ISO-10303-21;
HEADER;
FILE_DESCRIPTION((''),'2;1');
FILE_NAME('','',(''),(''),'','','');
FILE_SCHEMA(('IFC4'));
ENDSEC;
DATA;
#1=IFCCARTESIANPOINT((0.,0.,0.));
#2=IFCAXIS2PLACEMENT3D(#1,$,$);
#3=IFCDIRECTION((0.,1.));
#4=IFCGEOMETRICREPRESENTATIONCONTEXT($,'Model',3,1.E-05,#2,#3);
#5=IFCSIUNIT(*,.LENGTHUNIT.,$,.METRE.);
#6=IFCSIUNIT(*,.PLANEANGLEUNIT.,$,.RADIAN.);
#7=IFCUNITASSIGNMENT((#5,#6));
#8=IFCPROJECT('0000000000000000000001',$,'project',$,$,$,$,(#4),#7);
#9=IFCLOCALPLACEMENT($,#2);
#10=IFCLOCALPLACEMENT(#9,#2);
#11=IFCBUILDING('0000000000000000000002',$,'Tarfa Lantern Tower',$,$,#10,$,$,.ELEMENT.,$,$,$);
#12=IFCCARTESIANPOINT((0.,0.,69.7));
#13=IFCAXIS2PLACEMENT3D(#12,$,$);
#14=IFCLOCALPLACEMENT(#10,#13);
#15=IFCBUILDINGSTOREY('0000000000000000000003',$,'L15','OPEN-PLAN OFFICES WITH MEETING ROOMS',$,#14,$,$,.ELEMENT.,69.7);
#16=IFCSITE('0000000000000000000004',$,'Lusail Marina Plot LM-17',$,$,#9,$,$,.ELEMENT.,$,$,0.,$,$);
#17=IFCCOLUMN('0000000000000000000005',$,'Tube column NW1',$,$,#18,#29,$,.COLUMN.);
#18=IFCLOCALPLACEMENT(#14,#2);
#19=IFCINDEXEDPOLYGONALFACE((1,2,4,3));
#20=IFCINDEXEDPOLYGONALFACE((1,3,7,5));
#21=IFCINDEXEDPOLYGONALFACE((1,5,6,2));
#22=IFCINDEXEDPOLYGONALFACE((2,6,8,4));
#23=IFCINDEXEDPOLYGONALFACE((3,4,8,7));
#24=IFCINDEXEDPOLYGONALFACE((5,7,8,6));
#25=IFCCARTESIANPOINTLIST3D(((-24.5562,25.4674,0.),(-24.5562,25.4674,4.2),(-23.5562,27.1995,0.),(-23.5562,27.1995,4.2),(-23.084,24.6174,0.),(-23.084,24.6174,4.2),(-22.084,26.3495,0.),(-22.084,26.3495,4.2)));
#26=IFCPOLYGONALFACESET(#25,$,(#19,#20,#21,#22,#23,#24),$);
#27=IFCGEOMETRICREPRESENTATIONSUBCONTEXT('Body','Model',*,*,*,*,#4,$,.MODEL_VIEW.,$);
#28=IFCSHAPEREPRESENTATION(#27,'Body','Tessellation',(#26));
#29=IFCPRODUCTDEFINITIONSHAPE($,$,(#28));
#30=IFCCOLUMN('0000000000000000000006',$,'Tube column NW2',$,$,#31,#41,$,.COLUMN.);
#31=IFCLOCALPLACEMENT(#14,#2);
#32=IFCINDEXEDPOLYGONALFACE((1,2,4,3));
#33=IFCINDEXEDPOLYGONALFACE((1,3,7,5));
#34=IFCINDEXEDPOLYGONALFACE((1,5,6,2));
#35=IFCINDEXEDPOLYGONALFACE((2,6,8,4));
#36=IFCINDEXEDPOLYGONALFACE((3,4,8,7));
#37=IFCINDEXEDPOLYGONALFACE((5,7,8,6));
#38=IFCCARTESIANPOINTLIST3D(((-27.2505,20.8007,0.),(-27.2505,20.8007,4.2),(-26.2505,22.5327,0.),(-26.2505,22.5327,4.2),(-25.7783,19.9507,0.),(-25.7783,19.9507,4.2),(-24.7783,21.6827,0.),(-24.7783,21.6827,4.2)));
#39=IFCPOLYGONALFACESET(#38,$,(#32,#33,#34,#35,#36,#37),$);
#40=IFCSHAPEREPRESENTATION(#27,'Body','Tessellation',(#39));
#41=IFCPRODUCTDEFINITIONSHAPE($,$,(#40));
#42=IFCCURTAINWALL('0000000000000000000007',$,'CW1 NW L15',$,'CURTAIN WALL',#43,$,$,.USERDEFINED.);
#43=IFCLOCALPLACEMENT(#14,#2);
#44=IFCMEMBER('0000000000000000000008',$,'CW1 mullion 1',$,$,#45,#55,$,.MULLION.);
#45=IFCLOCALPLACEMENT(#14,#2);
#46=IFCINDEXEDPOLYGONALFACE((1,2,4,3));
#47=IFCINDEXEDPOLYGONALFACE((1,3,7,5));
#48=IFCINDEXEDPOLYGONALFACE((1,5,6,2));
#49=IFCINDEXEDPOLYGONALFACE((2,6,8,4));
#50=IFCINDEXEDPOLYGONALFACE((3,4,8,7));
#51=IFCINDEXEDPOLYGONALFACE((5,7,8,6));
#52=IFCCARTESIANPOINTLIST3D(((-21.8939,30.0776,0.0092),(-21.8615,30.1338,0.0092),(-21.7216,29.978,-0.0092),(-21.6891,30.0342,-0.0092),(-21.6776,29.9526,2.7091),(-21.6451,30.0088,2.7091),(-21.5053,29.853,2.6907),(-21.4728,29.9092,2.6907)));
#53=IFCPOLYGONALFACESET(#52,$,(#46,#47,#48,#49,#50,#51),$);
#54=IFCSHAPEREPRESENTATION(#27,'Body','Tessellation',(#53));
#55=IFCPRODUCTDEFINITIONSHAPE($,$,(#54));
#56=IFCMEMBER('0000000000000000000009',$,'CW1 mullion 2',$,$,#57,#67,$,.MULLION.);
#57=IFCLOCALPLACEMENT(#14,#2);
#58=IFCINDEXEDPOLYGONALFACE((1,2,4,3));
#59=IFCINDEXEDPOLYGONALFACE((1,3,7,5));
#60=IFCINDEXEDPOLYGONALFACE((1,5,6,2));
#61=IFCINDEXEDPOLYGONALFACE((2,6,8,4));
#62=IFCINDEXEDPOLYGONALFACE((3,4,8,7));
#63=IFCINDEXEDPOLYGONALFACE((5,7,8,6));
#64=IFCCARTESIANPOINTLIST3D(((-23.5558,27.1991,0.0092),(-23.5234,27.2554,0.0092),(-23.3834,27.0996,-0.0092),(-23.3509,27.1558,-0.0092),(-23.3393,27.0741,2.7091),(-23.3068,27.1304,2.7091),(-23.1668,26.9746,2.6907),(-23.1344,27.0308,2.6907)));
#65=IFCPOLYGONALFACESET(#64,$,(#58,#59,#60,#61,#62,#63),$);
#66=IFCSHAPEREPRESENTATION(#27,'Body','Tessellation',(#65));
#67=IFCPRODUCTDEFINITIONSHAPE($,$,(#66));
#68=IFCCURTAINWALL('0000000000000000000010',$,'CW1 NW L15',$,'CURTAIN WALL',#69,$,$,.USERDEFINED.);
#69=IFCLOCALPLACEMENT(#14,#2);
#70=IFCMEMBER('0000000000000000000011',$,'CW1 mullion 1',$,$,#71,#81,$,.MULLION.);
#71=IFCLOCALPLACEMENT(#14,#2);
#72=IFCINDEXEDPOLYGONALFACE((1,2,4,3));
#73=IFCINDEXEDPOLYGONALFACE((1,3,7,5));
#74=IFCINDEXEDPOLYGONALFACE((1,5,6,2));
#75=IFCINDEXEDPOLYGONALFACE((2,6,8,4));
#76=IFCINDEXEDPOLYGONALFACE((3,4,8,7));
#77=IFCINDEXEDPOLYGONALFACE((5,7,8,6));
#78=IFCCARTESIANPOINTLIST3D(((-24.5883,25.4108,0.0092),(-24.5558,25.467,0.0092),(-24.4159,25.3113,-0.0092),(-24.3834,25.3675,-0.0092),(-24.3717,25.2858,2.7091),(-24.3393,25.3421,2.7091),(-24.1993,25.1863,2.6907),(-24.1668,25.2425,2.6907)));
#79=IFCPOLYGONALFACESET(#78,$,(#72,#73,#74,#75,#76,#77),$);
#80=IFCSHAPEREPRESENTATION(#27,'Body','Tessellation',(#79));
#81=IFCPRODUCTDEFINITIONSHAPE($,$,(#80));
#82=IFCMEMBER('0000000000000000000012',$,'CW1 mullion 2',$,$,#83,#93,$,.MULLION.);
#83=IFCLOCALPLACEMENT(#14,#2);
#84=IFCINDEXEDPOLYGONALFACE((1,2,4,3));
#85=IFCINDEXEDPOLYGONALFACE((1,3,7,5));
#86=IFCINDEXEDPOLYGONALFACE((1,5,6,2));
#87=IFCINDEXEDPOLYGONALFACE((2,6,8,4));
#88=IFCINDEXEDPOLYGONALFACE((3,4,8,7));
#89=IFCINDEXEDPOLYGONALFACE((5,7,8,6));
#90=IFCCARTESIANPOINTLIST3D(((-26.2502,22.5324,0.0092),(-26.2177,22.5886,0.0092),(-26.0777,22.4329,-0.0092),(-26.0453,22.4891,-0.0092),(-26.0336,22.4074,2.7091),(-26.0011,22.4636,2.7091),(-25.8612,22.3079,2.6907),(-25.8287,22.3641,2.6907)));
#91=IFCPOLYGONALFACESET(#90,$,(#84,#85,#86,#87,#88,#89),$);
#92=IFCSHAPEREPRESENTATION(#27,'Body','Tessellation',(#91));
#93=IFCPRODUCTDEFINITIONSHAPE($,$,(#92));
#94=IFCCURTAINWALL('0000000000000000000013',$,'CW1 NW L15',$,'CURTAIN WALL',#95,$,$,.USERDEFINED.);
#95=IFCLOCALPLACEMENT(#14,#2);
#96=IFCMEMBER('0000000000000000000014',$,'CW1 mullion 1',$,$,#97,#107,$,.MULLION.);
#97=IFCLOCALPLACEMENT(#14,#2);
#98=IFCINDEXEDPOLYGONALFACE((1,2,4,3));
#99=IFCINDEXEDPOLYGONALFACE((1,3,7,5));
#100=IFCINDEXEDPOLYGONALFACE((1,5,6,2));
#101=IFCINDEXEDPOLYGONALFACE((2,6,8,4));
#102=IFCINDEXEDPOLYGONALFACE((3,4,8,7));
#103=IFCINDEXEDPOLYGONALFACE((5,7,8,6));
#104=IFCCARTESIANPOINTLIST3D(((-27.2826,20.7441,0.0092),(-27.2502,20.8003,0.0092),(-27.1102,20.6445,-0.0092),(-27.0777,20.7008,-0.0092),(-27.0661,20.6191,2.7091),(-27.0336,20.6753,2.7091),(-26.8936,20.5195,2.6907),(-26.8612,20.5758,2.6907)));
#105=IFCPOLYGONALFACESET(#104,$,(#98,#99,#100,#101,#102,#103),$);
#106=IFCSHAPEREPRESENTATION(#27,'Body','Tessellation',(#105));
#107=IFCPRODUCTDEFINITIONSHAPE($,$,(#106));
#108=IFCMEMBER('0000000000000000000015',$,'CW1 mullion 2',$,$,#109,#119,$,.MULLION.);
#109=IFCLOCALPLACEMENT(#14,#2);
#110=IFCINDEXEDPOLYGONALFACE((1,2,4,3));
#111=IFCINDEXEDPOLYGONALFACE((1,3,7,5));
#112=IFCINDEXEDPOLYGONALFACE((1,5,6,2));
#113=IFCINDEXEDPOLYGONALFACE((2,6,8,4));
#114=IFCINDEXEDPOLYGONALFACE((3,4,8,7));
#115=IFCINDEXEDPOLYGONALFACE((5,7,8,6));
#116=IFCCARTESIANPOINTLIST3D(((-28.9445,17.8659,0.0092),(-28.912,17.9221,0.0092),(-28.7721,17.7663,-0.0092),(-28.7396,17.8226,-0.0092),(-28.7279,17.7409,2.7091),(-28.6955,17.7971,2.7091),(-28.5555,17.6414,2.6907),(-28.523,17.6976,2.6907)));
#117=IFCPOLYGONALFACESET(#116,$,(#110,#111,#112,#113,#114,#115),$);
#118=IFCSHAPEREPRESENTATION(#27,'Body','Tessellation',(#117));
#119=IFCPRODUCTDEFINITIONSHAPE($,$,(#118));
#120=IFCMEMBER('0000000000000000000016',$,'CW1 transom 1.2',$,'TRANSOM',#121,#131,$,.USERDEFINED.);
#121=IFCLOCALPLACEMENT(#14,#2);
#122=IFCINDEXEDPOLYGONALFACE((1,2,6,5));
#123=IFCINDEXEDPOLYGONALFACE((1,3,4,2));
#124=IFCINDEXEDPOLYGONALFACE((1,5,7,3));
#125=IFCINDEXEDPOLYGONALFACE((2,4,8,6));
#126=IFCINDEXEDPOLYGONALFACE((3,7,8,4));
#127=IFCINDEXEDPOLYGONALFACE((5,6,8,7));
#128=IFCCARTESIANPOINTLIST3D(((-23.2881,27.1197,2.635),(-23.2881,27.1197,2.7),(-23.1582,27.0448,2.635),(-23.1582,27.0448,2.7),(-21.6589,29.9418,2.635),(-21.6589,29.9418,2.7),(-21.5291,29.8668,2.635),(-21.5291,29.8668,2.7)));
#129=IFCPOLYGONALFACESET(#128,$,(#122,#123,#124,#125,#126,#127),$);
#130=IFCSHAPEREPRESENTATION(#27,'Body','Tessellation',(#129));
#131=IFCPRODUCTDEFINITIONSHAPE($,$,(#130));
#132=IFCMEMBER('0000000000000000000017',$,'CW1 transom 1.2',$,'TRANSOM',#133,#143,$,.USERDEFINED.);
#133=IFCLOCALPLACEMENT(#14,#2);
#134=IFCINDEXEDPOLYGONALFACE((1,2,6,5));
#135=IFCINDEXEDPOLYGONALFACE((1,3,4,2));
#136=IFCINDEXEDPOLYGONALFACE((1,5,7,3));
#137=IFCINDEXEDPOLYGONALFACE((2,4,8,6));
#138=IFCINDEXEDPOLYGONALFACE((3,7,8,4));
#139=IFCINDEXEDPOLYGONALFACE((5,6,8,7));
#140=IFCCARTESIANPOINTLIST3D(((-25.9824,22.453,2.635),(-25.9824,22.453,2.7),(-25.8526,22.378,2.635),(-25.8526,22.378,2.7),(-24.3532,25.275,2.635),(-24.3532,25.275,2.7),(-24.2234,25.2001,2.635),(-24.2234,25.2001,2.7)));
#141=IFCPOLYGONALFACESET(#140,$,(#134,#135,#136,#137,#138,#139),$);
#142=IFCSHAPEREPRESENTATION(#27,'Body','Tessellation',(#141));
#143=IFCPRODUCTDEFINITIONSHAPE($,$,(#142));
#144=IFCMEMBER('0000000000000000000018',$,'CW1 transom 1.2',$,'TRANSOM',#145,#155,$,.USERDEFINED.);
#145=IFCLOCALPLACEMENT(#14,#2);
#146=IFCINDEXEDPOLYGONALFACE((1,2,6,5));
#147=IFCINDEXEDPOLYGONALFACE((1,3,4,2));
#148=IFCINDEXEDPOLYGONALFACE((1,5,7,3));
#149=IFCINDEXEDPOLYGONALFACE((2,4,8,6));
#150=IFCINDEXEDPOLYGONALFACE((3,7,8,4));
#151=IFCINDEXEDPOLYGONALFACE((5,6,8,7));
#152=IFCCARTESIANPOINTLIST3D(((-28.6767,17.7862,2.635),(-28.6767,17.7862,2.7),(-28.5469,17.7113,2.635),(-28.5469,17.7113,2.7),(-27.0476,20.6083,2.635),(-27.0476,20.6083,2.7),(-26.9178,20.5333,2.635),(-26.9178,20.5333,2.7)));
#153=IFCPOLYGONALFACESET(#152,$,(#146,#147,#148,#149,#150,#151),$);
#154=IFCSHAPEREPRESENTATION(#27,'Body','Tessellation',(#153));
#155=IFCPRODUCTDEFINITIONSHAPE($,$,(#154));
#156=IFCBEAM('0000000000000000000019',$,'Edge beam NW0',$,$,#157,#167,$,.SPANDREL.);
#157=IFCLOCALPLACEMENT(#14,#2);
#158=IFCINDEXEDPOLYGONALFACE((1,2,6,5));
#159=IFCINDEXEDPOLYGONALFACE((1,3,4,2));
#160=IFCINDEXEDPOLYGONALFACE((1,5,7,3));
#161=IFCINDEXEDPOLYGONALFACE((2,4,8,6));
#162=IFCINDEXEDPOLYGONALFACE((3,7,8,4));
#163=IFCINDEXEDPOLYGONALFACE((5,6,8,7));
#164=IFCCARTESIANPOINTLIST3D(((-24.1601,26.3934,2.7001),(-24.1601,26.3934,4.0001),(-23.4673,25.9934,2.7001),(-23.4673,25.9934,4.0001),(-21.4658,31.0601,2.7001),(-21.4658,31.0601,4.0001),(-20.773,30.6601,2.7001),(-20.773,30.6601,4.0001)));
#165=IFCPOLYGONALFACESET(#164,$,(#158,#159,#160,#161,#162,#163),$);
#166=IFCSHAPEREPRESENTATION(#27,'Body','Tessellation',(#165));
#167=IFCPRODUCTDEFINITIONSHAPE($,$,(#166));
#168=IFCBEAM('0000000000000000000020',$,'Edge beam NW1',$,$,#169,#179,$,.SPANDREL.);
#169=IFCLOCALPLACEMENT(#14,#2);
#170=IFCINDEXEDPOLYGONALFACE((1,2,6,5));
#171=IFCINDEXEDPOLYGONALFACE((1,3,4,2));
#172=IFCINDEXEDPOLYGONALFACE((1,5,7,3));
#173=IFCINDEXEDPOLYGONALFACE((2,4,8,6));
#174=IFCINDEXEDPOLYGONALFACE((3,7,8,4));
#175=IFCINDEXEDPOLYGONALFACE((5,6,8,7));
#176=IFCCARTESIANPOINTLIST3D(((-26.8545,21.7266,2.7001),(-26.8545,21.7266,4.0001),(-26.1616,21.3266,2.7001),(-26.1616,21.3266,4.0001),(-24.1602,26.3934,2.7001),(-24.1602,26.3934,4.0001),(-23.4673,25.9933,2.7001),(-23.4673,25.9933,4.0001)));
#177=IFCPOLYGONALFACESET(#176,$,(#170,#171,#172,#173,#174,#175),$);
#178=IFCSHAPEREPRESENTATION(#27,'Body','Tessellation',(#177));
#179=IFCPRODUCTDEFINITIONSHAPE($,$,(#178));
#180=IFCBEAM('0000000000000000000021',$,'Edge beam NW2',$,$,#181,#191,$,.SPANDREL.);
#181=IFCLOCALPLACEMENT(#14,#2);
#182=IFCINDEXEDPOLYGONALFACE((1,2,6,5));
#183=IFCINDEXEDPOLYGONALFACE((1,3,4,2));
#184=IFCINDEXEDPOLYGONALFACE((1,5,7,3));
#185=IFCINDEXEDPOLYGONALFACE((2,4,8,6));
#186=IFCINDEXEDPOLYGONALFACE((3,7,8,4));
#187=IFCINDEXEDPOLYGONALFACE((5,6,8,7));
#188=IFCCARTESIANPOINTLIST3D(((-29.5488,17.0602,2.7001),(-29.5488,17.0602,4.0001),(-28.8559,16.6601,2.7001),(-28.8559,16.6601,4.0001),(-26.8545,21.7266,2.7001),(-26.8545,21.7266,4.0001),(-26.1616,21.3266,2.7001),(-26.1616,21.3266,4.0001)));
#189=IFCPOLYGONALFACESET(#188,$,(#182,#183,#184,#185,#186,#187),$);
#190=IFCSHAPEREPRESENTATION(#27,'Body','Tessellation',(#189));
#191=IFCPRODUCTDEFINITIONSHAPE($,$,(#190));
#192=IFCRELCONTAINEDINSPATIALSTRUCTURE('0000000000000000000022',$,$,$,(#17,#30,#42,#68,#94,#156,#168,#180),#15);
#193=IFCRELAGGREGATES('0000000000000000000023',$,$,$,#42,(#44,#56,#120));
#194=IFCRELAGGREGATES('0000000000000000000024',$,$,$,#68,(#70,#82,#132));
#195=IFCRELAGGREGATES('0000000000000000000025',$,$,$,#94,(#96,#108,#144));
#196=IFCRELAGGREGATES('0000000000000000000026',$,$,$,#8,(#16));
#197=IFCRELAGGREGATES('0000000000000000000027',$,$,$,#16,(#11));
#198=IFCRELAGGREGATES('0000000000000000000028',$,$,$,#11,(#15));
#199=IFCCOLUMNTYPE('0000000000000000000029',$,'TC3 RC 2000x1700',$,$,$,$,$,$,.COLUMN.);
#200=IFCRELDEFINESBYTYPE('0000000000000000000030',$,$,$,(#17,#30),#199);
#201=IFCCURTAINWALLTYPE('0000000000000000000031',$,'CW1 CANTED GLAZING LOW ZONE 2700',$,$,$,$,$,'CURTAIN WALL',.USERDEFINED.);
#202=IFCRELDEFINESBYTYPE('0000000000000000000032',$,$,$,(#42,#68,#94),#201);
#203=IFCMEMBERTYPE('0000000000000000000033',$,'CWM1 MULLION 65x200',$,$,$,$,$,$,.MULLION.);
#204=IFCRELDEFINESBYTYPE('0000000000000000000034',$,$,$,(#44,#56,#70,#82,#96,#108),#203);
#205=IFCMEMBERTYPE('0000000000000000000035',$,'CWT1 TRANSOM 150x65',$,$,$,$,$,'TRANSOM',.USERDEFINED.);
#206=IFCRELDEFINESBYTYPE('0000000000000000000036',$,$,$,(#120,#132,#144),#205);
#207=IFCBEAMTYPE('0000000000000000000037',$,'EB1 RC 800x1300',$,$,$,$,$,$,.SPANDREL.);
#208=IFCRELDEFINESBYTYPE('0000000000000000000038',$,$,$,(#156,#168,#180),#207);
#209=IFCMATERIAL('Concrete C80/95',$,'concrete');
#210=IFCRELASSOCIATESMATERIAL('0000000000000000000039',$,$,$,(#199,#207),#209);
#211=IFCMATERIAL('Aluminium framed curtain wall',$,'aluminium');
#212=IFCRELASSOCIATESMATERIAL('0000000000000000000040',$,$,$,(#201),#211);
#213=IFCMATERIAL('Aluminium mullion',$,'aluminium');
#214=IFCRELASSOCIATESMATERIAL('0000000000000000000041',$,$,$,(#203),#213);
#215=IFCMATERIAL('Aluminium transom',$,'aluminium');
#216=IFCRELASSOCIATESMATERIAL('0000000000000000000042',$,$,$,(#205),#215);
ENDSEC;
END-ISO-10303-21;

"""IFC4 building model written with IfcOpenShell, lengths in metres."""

from ifc_helpers import new_model, si_unit, direction, frame, origin, origin_2d, place, context, subcontext, project, spatial, rectangle, extrude, material, material_profile, profile_set, type_object, element, aggregate, save


model = new_model("IFC4")

# Units and contexts
model_context = context("Model", 3, precision=1e-05, world=origin(), true_north=direction((0.0, 1.0)))
body_context = subcontext(model_context, "Body", "Model", "MODEL_VIEW")
ifc_project = project(units=[si_unit("LENGTHUNIT", "METRE"), si_unit("PLANEANGLEUNIT", "RADIAN")], contexts=[model_context])

# Site, building, storey
site_placement = place(None, origin())
site = spatial("IfcSite", under=ifc_project, at=site_placement, Name="Lusail Marina Plot LM-17", CompositionType="ELEMENT", RefElevation=0.0)
building_placement = place(site_placement, origin())
building = spatial("IfcBuilding", under=site, at=building_placement, Name="Tarfa Lantern Tower", CompositionType="ELEMENT")
storey_placement = place(building_placement, frame((0.0, 0.0, 69.7)))
storey = spatial("IfcBuildingStorey", under=building, at=storey_placement, Name="L15", Description="OPEN-PLAN OFFICES WITH MEETING ROOMS", CompositionType="ELEMENT", Elevation=69.7)

# Columns
ifc_material_1 = material(Name="Concrete C80/95", Category="concrete")
ifc_material_profile_1 = material_profile(ifc_material_1, rectangle(XDim=2.0, YDim=1.7, at=origin_2d()), Name="RC 2000x1700")
ifc_profile_set_1 = profile_set([ifc_material_profile_1], Name="Concrete C80/95")
column_type = type_object("IfcColumnType", Name="TC3 RC 2000x1700", PredefinedType="COLUMN", material=ifc_profile_set_1)
for number, where, z_axis, x_axis, name in (
    (1, (-23.3201, 25.9084, 0.0), (0.0, 0.0, 1.0), (-0.5, -0.866025, 0.0), "Tube column NW1"),
    (2, (-26.0144, 21.2417, 0.0), (0.0, 0.0, 1.0), (-0.5, -0.866025, 0.0), "Tube column NW2"),
):
    element("IfcColumn", number, at=place(storey_placement, frame(where, z_axis=z_axis, x_axis=x_axis)), inside=storey, type_object=column_type, Name=name, PredefinedType="COLUMN", context=body_context, shape_type="SweptSolid", body=[
        extrude(rectangle(XDim=2.0, YDim=1.7, at=origin_2d()), origin(), (0.0, 0.0, 1.0), 4.2),
    ])

# Curtain walls, members
ifc_material_2 = material(Name="Aluminium framed curtain wall", Category="aluminium")
curtain_wall_type = type_object("IfcCurtainWallType", Name="CW1 CANTED GLAZING LOW ZONE 2700", ElementType="CURTAIN WALL", PredefinedType="USERDEFINED", material=ifc_material_2)
curtain_wall_1_placement = place(storey_placement, origin())
curtain_wall_1 = element("IfcCurtainWall", 3, at=curtain_wall_1_placement, inside=storey, type_object=curtain_wall_type, Name="CW1 NW L15", ObjectType="CURTAIN WALL", PredefinedType="USERDEFINED")
ifc_material_3 = material(Name="Aluminium mullion", Category="aluminium")
ifc_material_profile_2 = material_profile(ifc_material_3, rectangle(XDim=0.0649, YDim=0.2, at=origin_2d()), Name="AL MULLION 65x200")
ifc_profile_set_2 = profile_set([ifc_material_profile_2], Name="Aluminium mullion")
member_type_1 = type_object("IfcMemberType", Name="CWM1 MULLION 65x200", PredefinedType="MULLION", material=ifc_profile_set_2)
member_1_placement = place(storey_placement, frame((-21.7915, 30.0559, 0.0), z_axis=(0.079775, -0.0461, 0.995746), x_axis=(0.500343, 0.865827, 0.0)))
member_1 = element("IfcMember", 4, at=member_1_placement, type_object=member_type_1, Name="CW1 mullion 1", PredefinedType="MULLION", context=body_context, shape_type="SweptSolid", body=[
    extrude(rectangle(XDim=0.0649, YDim=0.2, at=origin_2d()), origin(), (0.0, 0.0, 1.0), 2.7114),
])
member_2_placement = place(storey_placement, frame((-23.4534, 27.1775, 0.0), z_axis=(0.079864, -0.0461, 0.995739), x_axis=(0.49992, 0.866072, 0.0)))
member_2 = element("IfcMember", 5, at=member_2_placement, type_object=member_type_1, Name="CW1 mullion 2", PredefinedType="MULLION", context=body_context, shape_type="SweptSolid", body=[
    extrude(rectangle(XDim=0.0649, YDim=0.2, at=origin_2d()), origin(), (0.0, 0.0, 1.0), 2.7114),
])
curtain_wall_2_placement = place(storey_placement, origin())
curtain_wall_2 = element("IfcCurtainWall", 6, at=curtain_wall_2_placement, inside=storey, type_object=curtain_wall_type, Name="CW1 NW L15", ObjectType="CURTAIN WALL", PredefinedType="USERDEFINED")
member_3_placement = place(storey_placement, frame((-24.4858, 25.3892, 0.0), z_axis=(0.079864, -0.0461, 0.995739), x_axis=(0.49992, 0.866072, 0.0)))
member_3 = element("IfcMember", 7, at=member_3_placement, type_object=member_type_1, Name="CW1 mullion 1", PredefinedType="MULLION", context=body_context, shape_type="SweptSolid", body=[
    extrude(rectangle(XDim=0.0649, YDim=0.2, at=origin_2d()), origin(), (0.0, 0.0, 1.0), 2.7114),
])
member_4_placement = place(storey_placement, frame((-26.1477, 22.5107, 0.0), z_axis=(0.079864, -0.0461, 0.995739), x_axis=(0.49992, 0.866072, 0.0)))
member_4 = element("IfcMember", 8, at=member_4_placement, type_object=member_type_1, Name="CW1 mullion 2", PredefinedType="MULLION", context=body_context, shape_type="SweptSolid", body=[
    extrude(rectangle(XDim=0.0649, YDim=0.2, at=origin_2d()), origin(), (0.0, 0.0, 1.0), 2.7114),
])
curtain_wall_3_placement = place(storey_placement, origin())
curtain_wall_3 = element("IfcCurtainWall", 9, at=curtain_wall_3_placement, inside=storey, type_object=curtain_wall_type, Name="CW1 NW L15", ObjectType="CURTAIN WALL", PredefinedType="USERDEFINED")
member_5_placement = place(storey_placement, frame((-27.1802, 20.7224, 0.0), z_axis=(0.079864, -0.0461, 0.995739), x_axis=(0.49992, 0.866072, 0.0)))
member_5 = element("IfcMember", 10, at=member_5_placement, type_object=member_type_1, Name="CW1 mullion 1", PredefinedType="MULLION", context=body_context, shape_type="SweptSolid", body=[
    extrude(rectangle(XDim=0.0649, YDim=0.2, at=origin_2d()), origin(), (0.0, 0.0, 1.0), 2.7114),
])
member_6_placement = place(storey_placement, frame((-28.842, 17.8442, 0.0), z_axis=(0.079864, -0.0461, 0.995739), x_axis=(0.49992, 0.866072, 0.0)))
member_6 = element("IfcMember", 11, at=member_6_placement, type_object=member_type_1, Name="CW1 mullion 2", PredefinedType="MULLION", context=body_context, shape_type="SweptSolid", body=[
    extrude(rectangle(XDim=0.0649, YDim=0.2, at=origin_2d()), origin(), (0.0, 0.0, 1.0), 2.7114),
])

# Members
ifc_material_4 = material(Name="Aluminium transom", Category="aluminium")
ifc_material_profile_3 = material_profile(ifc_material_4, rectangle(XDim=0.1499, YDim=0.0649, at=origin_2d()), Name="AL TRANSOM 150x65")
ifc_profile_set_3 = profile_set([ifc_material_profile_3], Name="Aluminium transom")
member_type_2 = type_object("IfcMemberType", Name="CWT1 TRANSOM 150x65", ElementType="TRANSOM", PredefinedType="USERDEFINED", material=ifc_profile_set_3)
member_7_placement = place(storey_placement, frame((-21.594, 29.9043, 2.6675), z_axis=(-0.499967, -0.866045, 0.0), x_axis=(0.866045, -0.499967, 0.0)))
member_7 = element("IfcMember", 12, at=member_7_placement, type_object=member_type_2, Name="CW1 transom 1.2", ObjectType="TRANSOM", PredefinedType="USERDEFINED", context=body_context, shape_type="SweptSolid", body=[
    extrude(rectangle(XDim=0.1499, YDim=0.0649, at=origin_2d()), origin(), (0.0, 0.0, 1.0), 3.2585),
])
member_8_placement = place(storey_placement, frame((-24.2883, 25.2375, 2.6675), z_axis=(-0.499967, -0.866045, 0.0), x_axis=(0.866045, -0.499967, 0.0)))
member_8 = element("IfcMember", 13, at=member_8_placement, type_object=member_type_2, Name="CW1 transom 1.2", ObjectType="TRANSOM", PredefinedType="USERDEFINED", context=body_context, shape_type="SweptSolid", body=[
    extrude(rectangle(XDim=0.1499, YDim=0.0649, at=origin_2d()), origin(), (0.0, 0.0, 1.0), 3.2585),
])
member_9_placement = place(storey_placement, frame((-26.9827, 20.5708, 2.6675), z_axis=(-0.499967, -0.866045, 0.0), x_axis=(0.866045, -0.499967, 0.0)))
member_9 = element("IfcMember", 14, at=member_9_placement, type_object=member_type_2, Name="CW1 transom 1.2", ObjectType="TRANSOM", PredefinedType="USERDEFINED", context=body_context, shape_type="SweptSolid", body=[
    extrude(rectangle(XDim=0.1499, YDim=0.0649, at=origin_2d()), origin(), (0.0, 0.0, 1.0), 3.2585),
])

# Beams
ifc_material_profile_4 = material_profile(ifc_material_1, rectangle(XDim=0.8, YDim=1.3, at=origin_2d()), Name="RC 800x1300")
ifc_profile_set_4 = profile_set([ifc_material_profile_4], Name="Concrete C80/95")
beam_type_1 = type_object("IfcBeamType", Name="EB1 RC 800x1300", PredefinedType="SPANDREL", material=ifc_profile_set_4)
for number, where, z_axis, x_axis, name in (
    (15, (-21.1194, 30.8601, 3.3501), (-0.499998, -0.866026, 0.0), (0.866026, -0.499998, 0.0), "Edge beam NW0"),
    (16, (-23.8137, 26.1934, 3.3501), (-0.499998, -0.866026, 0.0), (0.866026, -0.499998, 0.0), "Edge beam NW1"),
):
    element("IfcBeam", number, at=place(storey_placement, frame(where, z_axis=z_axis, x_axis=x_axis)), inside=storey, type_object=beam_type_1, Name=name, PredefinedType="SPANDREL", context=body_context, shape_type="SweptSolid", body=[
        extrude(rectangle(XDim=0.8, YDim=1.3, at=origin_2d()), origin(), (0.0, 0.0, 1.0), 5.3887),
    ])
beam_1_placement = place(storey_placement, frame((-26.5081, 21.5266, 3.3501), z_axis=(-0.500018, -0.866015, 0.0), x_axis=(0.866015, -0.500018, 0.0)))
element("IfcBeam", 17, at=beam_1_placement, inside=storey, type_object=beam_type_1, Name="Edge beam NW2", PredefinedType="SPANDREL", context=body_context, shape_type="SweptSolid", body=[
    extrude(rectangle(XDim=0.8, YDim=1.3, at=origin_2d()), origin(), (0.0, 0.0, 1.0), 5.3884),
])

aggregate(curtain_wall_1, [member_1, member_2, member_7])
aggregate(curtain_wall_2, [member_3, member_4, member_8])
aggregate(curtain_wall_3, [member_5, member_6, member_9])

save(model, "model.ifc")
